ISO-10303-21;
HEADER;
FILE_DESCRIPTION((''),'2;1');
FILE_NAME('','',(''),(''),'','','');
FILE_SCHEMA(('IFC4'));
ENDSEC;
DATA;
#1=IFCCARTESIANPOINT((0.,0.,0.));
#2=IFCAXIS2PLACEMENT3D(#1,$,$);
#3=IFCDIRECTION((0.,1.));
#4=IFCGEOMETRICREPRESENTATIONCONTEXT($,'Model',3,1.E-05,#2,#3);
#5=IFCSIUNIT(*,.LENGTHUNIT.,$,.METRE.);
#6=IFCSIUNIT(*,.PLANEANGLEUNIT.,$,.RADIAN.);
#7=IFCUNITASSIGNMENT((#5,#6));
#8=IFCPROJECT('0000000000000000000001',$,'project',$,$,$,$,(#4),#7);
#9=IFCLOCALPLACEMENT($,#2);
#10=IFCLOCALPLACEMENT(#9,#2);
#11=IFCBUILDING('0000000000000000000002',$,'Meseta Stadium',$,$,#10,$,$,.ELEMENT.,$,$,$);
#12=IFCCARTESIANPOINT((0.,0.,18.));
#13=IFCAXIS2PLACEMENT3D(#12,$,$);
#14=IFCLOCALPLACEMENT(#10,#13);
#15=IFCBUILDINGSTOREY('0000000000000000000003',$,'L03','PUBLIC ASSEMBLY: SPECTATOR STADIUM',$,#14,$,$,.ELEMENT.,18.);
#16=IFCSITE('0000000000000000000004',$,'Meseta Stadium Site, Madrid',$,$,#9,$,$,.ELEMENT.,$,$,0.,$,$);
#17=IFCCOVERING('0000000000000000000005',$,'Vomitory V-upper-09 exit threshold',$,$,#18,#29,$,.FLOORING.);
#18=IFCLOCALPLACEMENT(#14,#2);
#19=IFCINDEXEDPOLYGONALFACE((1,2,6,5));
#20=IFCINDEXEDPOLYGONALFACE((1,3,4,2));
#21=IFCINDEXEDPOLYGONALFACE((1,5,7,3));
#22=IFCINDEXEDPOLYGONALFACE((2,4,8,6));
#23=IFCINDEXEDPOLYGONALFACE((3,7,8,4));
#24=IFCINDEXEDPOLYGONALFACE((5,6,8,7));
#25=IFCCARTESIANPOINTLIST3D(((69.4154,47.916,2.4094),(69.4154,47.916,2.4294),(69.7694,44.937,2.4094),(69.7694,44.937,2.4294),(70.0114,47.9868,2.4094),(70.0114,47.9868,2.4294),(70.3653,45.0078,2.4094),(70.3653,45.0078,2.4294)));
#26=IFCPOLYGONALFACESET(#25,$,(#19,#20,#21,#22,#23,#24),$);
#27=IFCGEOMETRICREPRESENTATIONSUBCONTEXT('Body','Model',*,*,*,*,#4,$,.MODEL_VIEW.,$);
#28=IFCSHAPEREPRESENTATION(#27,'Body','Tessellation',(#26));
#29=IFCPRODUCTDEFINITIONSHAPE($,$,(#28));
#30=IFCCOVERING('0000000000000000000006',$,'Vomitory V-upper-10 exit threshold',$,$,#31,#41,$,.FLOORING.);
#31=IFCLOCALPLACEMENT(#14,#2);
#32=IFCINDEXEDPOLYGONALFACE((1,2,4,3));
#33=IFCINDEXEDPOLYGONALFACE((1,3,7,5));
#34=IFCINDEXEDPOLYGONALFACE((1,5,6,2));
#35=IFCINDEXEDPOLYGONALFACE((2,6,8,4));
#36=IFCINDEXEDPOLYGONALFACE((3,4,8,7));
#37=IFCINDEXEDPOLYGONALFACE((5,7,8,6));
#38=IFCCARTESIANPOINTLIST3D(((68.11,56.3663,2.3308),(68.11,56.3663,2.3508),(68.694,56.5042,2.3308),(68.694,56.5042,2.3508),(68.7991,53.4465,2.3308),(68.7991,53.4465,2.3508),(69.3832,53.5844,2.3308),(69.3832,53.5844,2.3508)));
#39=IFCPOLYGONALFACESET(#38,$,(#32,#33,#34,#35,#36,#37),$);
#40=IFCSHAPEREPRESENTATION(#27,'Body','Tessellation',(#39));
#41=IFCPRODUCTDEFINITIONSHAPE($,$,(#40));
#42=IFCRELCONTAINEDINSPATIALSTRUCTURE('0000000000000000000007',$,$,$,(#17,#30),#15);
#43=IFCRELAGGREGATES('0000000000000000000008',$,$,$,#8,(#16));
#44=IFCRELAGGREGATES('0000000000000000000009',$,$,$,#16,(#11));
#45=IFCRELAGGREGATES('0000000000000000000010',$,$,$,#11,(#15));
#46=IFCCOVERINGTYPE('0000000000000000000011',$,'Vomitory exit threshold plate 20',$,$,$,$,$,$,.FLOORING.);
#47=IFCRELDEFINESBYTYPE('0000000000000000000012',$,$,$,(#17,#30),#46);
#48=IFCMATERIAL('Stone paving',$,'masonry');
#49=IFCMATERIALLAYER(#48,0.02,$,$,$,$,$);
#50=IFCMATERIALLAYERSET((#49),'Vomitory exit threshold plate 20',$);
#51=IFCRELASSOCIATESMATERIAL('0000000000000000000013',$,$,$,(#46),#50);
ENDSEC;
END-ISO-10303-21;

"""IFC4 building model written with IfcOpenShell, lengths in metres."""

from ifc_helpers import new_model, si_unit, direction, frame, origin, origin_2d, place, context, subcontext, project, spatial, rectangle, extrude, material, layer, layer_set, type_object, element, save


model = new_model("IFC4")

# Units and contexts
model_context = context("Model", 3, precision=1e-05, world=origin(), true_north=direction((0.0, 1.0)))
body_context = subcontext(model_context, "Body", "Model", "MODEL_VIEW")
ifc_project = project(units=[si_unit("LENGTHUNIT", "METRE"), si_unit("PLANEANGLEUNIT", "RADIAN")], contexts=[model_context])

# Site, building, storey
site_placement = place(None, origin())
site = spatial("IfcSite", under=ifc_project, at=site_placement, Name="Meseta Stadium Site, Madrid", CompositionType="ELEMENT", RefElevation=0.0)
building_placement = place(site_placement, origin())
building = spatial("IfcBuilding", under=site, at=building_placement, Name="Meseta Stadium", CompositionType="ELEMENT")
storey_placement = place(building_placement, frame((0.0, 0.0, 18.0)))
storey = spatial("IfcBuildingStorey", under=building, at=storey_placement, Name="L03", Description="PUBLIC ASSEMBLY: SPECTATOR STADIUM", CompositionType="ELEMENT", Elevation=18.0)

# Coverings
ifc_material_1 = material(Name="Stone paving", Category="masonry")
ifc_layer_1 = layer(ifc_material_1, 0.02)
ifc_layer_set_1 = layer_set([ifc_layer_1], Name="Vomitory exit threshold plate 20")
covering_type = type_object("IfcCoveringType", Name="Vomitory exit threshold plate 20", PredefinedType="FLOORING", material=ifc_layer_set_1)
for number, where, z_axis, x_axis, name in (
    (1, (69.8904, 46.4619, 2.4094), (0.0, 0.0, 1.0), (-0.993015, -0.117988, 0.0), "Vomitory V-upper-09 exit threshold"),
    (2, (68.7466, 54.9753, 2.3308), (0.0, 0.0, 1.0), (-0.973256, -0.229722, 0.0), "Vomitory V-upper-10 exit threshold"),
):
    element("IfcCovering", number, at=place(storey_placement, frame(where, z_axis=z_axis, x_axis=x_axis)), inside=storey, type_object=covering_type, Name=name, PredefinedType="FLOORING", context=body_context, shape_type="SweptSolid", body=[
        extrude(rectangle(XDim=0.6001, YDim=3.0, at=origin_2d()), origin(), (0.0, 0.0, 1.0), 0.02),
    ])

save(model, "model.ifc")
